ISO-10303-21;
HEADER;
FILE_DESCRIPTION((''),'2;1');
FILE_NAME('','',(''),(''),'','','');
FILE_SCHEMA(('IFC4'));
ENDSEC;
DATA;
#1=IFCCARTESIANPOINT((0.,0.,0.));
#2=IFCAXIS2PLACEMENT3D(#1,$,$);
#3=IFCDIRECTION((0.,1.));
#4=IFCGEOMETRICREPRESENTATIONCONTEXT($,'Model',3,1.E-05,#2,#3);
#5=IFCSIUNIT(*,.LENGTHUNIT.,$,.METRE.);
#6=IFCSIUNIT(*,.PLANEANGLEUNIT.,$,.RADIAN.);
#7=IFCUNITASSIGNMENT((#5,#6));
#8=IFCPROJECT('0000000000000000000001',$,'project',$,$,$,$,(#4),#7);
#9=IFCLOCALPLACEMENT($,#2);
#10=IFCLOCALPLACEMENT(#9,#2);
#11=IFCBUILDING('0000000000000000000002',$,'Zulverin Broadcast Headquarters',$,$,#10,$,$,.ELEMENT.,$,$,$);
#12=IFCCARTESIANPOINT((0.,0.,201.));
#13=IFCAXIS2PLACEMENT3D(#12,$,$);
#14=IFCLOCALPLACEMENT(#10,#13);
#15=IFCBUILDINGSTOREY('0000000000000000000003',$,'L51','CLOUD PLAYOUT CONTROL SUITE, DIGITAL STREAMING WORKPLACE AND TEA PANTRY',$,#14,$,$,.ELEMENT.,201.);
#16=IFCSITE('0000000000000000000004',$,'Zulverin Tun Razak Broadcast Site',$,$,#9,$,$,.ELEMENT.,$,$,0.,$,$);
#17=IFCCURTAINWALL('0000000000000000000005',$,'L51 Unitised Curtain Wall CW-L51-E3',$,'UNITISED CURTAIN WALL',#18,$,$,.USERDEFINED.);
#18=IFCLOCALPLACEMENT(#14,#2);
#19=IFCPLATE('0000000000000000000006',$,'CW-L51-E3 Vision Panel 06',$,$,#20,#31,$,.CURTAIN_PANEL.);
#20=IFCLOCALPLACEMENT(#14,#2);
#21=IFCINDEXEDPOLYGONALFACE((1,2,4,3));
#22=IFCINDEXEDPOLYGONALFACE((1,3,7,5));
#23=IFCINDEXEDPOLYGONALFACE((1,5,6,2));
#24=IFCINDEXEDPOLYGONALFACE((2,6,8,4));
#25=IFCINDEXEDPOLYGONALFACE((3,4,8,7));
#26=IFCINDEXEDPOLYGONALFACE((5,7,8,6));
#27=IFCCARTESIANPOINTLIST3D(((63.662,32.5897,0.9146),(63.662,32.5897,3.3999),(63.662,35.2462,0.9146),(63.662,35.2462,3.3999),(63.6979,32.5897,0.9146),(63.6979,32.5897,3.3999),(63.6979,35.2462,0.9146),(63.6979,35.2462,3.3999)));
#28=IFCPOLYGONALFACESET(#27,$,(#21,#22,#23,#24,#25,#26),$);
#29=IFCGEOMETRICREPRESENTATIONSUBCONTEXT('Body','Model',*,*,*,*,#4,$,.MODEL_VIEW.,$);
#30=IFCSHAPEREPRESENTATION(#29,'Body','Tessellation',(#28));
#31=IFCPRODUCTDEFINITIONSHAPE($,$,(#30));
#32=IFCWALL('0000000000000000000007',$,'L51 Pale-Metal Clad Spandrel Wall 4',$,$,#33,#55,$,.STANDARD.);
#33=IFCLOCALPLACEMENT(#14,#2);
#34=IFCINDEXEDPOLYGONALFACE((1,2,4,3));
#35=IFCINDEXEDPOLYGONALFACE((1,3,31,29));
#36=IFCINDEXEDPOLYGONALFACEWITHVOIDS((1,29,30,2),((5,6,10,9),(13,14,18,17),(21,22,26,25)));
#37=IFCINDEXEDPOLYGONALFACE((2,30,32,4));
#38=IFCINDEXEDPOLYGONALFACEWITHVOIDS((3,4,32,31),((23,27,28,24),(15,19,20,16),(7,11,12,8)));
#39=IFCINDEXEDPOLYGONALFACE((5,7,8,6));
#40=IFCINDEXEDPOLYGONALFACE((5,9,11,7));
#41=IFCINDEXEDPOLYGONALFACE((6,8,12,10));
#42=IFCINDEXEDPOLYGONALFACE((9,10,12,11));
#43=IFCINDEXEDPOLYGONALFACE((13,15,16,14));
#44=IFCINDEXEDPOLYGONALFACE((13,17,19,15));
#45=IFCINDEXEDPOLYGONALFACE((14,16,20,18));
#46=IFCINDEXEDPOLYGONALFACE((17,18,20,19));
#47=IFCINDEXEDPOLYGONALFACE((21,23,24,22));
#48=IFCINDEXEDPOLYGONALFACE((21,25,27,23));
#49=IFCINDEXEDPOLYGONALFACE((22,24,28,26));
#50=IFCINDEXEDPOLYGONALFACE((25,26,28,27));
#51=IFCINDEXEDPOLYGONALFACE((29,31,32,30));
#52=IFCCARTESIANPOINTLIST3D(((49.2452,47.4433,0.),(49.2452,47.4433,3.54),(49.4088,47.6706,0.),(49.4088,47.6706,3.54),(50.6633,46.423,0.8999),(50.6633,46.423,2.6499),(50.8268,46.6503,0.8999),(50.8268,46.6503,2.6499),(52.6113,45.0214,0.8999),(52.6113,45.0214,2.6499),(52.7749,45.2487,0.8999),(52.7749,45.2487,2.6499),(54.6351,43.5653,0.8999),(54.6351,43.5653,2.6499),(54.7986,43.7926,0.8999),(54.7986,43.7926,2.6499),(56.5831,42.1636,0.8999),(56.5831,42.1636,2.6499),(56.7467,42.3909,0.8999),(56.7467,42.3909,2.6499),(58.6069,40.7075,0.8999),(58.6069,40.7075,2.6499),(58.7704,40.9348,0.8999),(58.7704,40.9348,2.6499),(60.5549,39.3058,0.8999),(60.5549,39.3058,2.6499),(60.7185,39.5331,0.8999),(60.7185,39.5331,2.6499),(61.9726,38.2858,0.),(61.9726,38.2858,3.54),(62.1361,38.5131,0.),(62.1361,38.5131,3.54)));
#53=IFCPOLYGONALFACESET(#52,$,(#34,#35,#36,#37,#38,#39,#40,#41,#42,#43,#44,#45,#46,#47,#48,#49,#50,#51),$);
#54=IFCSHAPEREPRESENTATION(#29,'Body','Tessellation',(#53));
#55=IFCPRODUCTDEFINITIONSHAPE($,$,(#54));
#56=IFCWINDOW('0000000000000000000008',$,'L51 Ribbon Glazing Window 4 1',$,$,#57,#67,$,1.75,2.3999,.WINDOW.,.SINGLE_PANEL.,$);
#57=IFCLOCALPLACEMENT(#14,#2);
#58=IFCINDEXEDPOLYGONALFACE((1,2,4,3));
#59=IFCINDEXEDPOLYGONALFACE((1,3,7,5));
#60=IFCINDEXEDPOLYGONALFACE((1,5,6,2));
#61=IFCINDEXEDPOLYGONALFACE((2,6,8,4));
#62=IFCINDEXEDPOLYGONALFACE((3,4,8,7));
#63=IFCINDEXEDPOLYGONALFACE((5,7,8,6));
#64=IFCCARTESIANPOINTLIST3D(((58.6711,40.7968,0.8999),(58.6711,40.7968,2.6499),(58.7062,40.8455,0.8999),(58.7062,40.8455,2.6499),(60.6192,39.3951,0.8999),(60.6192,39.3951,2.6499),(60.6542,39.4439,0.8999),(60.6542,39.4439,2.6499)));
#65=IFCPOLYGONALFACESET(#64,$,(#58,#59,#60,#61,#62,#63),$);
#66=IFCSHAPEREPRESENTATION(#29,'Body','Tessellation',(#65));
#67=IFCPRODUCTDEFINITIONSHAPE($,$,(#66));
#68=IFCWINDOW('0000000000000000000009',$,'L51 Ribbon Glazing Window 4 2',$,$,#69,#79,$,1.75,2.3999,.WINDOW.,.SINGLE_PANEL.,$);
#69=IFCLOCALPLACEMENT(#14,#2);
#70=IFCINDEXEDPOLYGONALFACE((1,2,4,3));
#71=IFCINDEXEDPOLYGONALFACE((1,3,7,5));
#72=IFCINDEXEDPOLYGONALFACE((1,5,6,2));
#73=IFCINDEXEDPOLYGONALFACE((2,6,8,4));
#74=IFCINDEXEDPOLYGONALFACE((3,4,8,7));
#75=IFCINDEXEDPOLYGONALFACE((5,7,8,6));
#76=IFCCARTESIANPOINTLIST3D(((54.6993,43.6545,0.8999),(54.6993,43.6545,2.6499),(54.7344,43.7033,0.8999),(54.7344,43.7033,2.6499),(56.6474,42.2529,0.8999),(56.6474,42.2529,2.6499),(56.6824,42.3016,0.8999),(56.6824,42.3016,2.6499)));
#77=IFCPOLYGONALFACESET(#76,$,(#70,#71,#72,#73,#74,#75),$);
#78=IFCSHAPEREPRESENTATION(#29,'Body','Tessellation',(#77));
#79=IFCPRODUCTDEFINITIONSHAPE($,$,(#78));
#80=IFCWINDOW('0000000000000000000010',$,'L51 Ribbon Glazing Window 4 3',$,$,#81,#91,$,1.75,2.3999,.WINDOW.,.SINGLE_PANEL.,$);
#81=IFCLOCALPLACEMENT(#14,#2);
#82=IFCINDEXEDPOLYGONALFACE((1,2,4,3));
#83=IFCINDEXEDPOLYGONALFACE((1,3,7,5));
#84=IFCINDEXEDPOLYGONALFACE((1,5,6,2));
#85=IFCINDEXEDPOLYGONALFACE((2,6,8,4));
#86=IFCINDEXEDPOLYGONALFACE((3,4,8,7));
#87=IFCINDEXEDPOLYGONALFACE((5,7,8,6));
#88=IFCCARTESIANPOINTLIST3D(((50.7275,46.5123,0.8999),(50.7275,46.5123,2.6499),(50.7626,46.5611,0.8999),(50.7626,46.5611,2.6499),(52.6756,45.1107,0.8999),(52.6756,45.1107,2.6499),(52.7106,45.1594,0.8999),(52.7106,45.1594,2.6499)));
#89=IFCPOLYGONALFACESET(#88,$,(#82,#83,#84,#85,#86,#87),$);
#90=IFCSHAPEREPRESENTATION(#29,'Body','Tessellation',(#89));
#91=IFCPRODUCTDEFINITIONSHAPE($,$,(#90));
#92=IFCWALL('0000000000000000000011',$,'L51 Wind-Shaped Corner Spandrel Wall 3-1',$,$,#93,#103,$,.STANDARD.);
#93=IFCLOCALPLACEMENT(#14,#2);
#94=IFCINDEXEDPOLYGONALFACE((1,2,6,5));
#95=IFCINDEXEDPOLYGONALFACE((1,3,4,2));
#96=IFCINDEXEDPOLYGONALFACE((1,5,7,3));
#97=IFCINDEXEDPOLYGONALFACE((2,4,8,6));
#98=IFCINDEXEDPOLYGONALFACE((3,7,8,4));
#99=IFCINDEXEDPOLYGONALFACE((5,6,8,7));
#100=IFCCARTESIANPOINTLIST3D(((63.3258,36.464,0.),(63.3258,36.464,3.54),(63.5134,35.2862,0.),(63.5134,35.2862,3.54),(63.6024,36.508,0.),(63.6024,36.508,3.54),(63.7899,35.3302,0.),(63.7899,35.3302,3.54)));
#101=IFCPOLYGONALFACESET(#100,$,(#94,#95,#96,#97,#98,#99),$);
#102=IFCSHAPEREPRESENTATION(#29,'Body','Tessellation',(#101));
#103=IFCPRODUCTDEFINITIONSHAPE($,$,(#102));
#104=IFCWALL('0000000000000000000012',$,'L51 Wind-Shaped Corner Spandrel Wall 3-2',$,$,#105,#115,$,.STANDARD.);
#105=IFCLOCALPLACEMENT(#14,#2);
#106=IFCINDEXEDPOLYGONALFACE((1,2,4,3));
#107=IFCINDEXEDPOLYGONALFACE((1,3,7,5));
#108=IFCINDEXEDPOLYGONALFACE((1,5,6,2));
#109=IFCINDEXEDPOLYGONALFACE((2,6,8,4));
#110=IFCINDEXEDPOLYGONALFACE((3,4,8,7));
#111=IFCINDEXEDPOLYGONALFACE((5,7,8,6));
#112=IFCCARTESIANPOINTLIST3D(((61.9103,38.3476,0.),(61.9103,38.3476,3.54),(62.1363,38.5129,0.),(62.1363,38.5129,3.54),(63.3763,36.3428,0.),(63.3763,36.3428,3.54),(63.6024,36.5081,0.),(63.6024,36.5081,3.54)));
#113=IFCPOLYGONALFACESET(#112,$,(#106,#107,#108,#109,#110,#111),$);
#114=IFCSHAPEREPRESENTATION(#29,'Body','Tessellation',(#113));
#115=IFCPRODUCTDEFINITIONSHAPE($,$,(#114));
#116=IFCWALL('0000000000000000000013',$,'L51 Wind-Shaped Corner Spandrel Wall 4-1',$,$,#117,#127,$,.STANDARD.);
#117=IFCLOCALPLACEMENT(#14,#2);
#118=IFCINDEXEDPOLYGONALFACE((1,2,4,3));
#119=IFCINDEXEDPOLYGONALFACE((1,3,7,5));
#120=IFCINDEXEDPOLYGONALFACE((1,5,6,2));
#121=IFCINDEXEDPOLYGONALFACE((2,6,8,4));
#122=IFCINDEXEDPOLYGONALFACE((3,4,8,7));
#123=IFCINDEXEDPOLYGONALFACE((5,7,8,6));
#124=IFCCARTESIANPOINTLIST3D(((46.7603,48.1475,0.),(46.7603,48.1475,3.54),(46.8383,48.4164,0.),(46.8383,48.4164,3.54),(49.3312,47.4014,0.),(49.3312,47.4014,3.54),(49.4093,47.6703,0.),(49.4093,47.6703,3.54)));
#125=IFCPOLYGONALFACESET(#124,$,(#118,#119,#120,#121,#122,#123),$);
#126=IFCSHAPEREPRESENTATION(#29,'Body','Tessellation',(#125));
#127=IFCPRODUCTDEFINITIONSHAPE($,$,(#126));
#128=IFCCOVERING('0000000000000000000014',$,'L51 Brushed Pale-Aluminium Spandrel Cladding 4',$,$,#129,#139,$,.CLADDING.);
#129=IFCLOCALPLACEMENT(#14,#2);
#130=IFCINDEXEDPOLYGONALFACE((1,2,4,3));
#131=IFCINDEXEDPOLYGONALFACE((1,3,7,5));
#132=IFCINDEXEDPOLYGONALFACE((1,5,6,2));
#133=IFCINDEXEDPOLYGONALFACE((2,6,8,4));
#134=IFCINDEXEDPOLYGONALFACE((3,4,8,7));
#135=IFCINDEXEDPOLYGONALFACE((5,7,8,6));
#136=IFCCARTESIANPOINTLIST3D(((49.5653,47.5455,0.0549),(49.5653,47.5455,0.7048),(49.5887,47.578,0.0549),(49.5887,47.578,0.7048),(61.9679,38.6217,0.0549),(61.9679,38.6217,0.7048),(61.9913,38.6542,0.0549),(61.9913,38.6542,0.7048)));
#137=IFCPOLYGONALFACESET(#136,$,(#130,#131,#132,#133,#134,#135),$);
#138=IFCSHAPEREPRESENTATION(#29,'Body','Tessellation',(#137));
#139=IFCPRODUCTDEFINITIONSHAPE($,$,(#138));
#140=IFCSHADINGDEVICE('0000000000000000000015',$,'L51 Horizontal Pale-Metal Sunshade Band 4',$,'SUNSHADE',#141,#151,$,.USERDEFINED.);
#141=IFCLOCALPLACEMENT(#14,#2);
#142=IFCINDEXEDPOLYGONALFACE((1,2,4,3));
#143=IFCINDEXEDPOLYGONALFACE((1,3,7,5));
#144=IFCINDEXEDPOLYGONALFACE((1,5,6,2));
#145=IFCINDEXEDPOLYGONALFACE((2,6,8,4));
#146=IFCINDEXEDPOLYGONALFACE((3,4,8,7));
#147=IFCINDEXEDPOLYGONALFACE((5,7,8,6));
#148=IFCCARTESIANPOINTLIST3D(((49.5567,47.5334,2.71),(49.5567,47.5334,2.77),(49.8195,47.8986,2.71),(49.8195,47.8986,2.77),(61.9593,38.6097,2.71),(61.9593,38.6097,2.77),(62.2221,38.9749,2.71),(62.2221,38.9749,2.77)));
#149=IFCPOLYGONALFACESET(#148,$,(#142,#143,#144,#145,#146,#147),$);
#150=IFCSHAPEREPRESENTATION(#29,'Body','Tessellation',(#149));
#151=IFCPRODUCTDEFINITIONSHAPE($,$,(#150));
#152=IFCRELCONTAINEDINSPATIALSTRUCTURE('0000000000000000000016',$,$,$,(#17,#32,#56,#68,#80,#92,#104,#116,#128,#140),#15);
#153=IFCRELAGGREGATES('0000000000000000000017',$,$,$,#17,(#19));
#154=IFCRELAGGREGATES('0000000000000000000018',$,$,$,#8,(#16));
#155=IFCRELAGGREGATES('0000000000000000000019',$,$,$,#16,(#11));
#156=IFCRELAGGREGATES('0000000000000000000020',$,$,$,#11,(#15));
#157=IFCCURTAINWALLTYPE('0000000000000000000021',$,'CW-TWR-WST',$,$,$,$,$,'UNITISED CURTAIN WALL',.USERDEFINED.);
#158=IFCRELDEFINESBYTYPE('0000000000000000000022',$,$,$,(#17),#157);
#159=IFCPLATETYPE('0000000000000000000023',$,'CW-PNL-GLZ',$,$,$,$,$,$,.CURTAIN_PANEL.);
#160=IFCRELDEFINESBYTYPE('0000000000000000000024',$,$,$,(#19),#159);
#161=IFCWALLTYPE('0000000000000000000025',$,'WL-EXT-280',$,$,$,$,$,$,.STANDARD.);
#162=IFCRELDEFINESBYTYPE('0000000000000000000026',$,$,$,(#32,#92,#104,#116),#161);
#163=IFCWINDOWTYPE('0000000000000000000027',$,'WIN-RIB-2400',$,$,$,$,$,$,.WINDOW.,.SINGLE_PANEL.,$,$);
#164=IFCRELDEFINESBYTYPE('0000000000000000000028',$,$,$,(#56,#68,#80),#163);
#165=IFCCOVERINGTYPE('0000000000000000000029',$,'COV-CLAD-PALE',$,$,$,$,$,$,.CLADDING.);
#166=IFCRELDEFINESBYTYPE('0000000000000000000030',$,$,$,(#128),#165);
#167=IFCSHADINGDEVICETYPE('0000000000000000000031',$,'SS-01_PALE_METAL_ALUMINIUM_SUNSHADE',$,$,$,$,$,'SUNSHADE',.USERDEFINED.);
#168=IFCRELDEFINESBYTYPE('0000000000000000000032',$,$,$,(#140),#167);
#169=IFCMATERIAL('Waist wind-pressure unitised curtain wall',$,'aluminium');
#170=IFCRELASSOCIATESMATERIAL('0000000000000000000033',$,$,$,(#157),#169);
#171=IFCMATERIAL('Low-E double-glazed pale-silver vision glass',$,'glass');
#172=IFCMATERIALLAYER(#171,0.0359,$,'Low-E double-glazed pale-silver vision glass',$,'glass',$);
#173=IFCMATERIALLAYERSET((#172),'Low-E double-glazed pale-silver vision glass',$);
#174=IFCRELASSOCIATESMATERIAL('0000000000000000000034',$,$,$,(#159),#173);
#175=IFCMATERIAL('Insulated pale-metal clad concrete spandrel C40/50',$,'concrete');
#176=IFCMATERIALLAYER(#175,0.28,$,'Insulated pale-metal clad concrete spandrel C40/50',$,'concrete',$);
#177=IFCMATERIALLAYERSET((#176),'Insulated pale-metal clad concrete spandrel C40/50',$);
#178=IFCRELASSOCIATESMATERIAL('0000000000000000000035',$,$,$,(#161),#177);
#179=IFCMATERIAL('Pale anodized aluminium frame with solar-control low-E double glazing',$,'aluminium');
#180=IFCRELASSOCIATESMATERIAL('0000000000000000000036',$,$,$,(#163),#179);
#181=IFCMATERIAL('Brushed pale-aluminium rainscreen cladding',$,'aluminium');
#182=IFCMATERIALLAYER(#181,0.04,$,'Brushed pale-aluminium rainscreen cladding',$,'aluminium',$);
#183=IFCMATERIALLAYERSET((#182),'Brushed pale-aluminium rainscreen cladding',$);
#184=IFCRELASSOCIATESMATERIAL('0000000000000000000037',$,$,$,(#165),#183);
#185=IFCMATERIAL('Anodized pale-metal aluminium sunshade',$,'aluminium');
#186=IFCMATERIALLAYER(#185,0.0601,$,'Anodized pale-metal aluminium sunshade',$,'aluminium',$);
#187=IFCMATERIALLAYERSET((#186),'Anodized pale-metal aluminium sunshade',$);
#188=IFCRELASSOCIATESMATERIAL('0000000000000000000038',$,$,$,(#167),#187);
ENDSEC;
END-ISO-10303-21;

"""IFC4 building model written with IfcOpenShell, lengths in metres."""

from ifc_helpers import new_model, si_unit, direction, frame, frame_2d, origin, origin_2d, place, context, subcontext, project, spatial, rectangle, extrude, material, layer, layer_set, type_object, element, fill, aggregate, save


model = new_model("IFC4")

# Units and contexts
model_context = context("Model", 3, precision=1e-05, world=origin(), true_north=direction((0.0, 1.0)))
body_context = subcontext(model_context, "Body", "Model", "MODEL_VIEW")
ifc_project = project(units=[si_unit("LENGTHUNIT", "METRE"), si_unit("PLANEANGLEUNIT", "RADIAN")], contexts=[model_context])

# Site, building, storey
site_placement = place(None, origin())
site = spatial("IfcSite", under=ifc_project, at=site_placement, Name="Zulverin Tun Razak Broadcast Site", CompositionType="ELEMENT", RefElevation=0.0)
building_placement = place(site_placement, origin())
building = spatial("IfcBuilding", under=site, at=building_placement, Name="Zulverin Broadcast Headquarters", CompositionType="ELEMENT")
storey_placement = place(building_placement, frame((0.0, 0.0, 201.0)))
storey = spatial("IfcBuildingStorey", under=building, at=storey_placement, Name="L51", Description="CLOUD PLAYOUT CONTROL SUITE, DIGITAL STREAMING WORKPLACE AND TEA PANTRY", CompositionType="ELEMENT", Elevation=201.0)

# Curtain wall, plate
ifc_material_1 = material(Name="Waist wind-pressure unitised curtain wall", Category="aluminium")
curtain_wall_type = type_object("IfcCurtainWallType", Name="CW-TWR-WST", ElementType="UNITISED CURTAIN WALL", PredefinedType="USERDEFINED", material=ifc_material_1)
curtain_wall_placement = place(storey_placement, origin())
curtain_wall = element("IfcCurtainWall", 1, at=curtain_wall_placement, inside=storey, type_object=curtain_wall_type, Name="L51 Unitised Curtain Wall CW-L51-E3", ObjectType="UNITISED CURTAIN WALL", PredefinedType="USERDEFINED")
ifc_material_2 = material(Name="Low-E double-glazed pale-silver vision glass", Category="glass")
ifc_layer_1 = layer(ifc_material_2, 0.0359, Name="Low-E double-glazed pale-silver vision glass", Category="glass")
ifc_layer_set_1 = layer_set([ifc_layer_1], Name="Low-E double-glazed pale-silver vision glass")
plate_type = type_object("IfcPlateType", Name="CW-PNL-GLZ", PredefinedType="CURTAIN_PANEL", material=ifc_layer_set_1)
plate_placement = place(storey_placement, frame((63.6799, 33.918, 0.9146), z_axis=(0.0, 0.0, 1.0), x_axis=(0.0, 1.0, 0.0)))
plate = element("IfcPlate", 2, at=plate_placement, type_object=plate_type, Name="CW-L51-E3 Vision Panel 06", PredefinedType="CURTAIN_PANEL", context=body_context, shape_type="SweptSolid", body=[
    extrude(rectangle(XDim=2.6565, YDim=0.0359, at=origin_2d()), origin(), (0.0, 0.0, 1.0), 2.4854),
])
aggregate(curtain_wall, [plate])

# Wall, openings, windows
ifc_material_3 = material(Name="Insulated pale-metal clad concrete spandrel C40/50", Category="concrete")
ifc_layer_2 = layer(ifc_material_3, 0.28, Name="Insulated pale-metal clad concrete spandrel C40/50", Category="concrete")
ifc_layer_set_2 = layer_set([ifc_layer_2], Name="Insulated pale-metal clad concrete spandrel C40/50")
wall_type = type_object("IfcWallType", Name="WL-EXT-280", PredefinedType="STANDARD", material=ifc_layer_set_2)
wall_1_placement = place(storey_placement, frame((62.0544, 38.3994, 0.0), z_axis=(0.0, 0.0, 1.0), x_axis=(-0.811721, 0.584045, 0.0)))
wall_1 = element("IfcWall", 3, at=wall_1_placement, inside=storey, type_object=wall_type, Name="L51 Pale-Metal Clad Spandrel Wall 4", PredefinedType="STANDARD", context=body_context, shape_type="SweptSolid", body=[
    extrude(rectangle(XDim=15.6794, YDim=0.28, at=frame_2d((7.8398, 0.0))), origin(), (0.0, 0.0, 1.0), 3.54),
])
opening_1_placement = place(wall_1_placement, frame((1.7466, 0.0, 0.8999)))
opening_1 = element("IfcOpeningElement", 4, at=opening_1_placement, cuts=wall_1, PredefinedType="OPENING", context=body_context, shape_type="SweptSolid", body=[
    extrude(rectangle(XDim=2.3999, YDim=1.75, at=frame_2d((1.2, 0.875))), frame((0.0, 0.1499, 0.0), z_axis=(0.0, -1.0, 0.0), x_axis=(1.0, 0.0, 0.0)), (0.0, 0.0, 1.0), 0.3),
])
opening_2_placement = place(wall_1_placement, frame((6.6396, 0.0, 0.8999)))
opening_2 = element("IfcOpeningElement", 5, at=opening_2_placement, cuts=wall_1, PredefinedType="OPENING", context=body_context, shape_type="SweptSolid", body=[
    extrude(rectangle(XDim=2.3999, YDim=1.75, at=frame_2d((1.2, 0.875))), frame((0.0, 0.1499, 0.0), z_axis=(0.0, -1.0, 0.0), x_axis=(1.0, 0.0, 0.0)), (0.0, 0.0, 1.0), 0.3),
])
opening_3_placement = place(wall_1_placement, frame((11.5327, 0.0, 0.8999)))
opening_3 = element("IfcOpeningElement", 6, at=opening_3_placement, cuts=wall_1, PredefinedType="OPENING", context=body_context, shape_type="SweptSolid", body=[
    extrude(rectangle(XDim=2.3999, YDim=1.75, at=frame_2d((1.2, 0.875))), frame((0.0, 0.1499, 0.0), z_axis=(0.0, -1.0, 0.0), x_axis=(1.0, 0.0, 0.0)), (0.0, 0.0, 1.0), 0.3),
])
ifc_material_4 = material(Name="Pale anodized aluminium frame with solar-control low-E double glazing", Category="aluminium")
window_type = type_object("IfcWindowType", Name="WIN-RIB-2400", PartitioningType="SINGLE_PANEL", PredefinedType="WINDOW", material=ifc_material_4)
window_1_placement = place(opening_1_placement, origin())
window_1 = element("IfcWindow", 7, at=window_1_placement, inside=storey, type_object=window_type, Name="L51 Ribbon Glazing Window 4 1", OverallHeight=1.75, OverallWidth=2.3999, PartitioningType="SINGLE_PANEL", PredefinedType="WINDOW", context=body_context, shape_type="SweptSolid", body=[
    extrude(rectangle(XDim=2.3999, YDim=1.75, at=frame_2d((1.2, 0.875))), frame((0.0, 0.03, 0.0), z_axis=(0.0, -1.0, 0.0), x_axis=(1.0, 0.0, 0.0)), (0.0, 0.0, 1.0), 0.0601),
])
fill(opening_1, window_1)
window_2_placement = place(opening_2_placement, origin())
window_2 = element("IfcWindow", 8, at=window_2_placement, inside=storey, type_object=window_type, Name="L51 Ribbon Glazing Window 4 2", OverallHeight=1.75, OverallWidth=2.3999, PartitioningType="SINGLE_PANEL", PredefinedType="WINDOW", context=body_context, shape_type="SweptSolid", body=[
    extrude(rectangle(XDim=2.3999, YDim=1.75, at=frame_2d((1.2, 0.875))), frame((0.0, 0.03, 0.0), z_axis=(0.0, -1.0, 0.0), x_axis=(1.0, 0.0, 0.0)), (0.0, 0.0, 1.0), 0.0601),
])
fill(opening_2, window_2)
window_3_placement = place(opening_3_placement, origin())
window_3 = element("IfcWindow", 9, at=window_3_placement, inside=storey, type_object=window_type, Name="L51 Ribbon Glazing Window 4 3", OverallHeight=1.75, OverallWidth=2.3999, PartitioningType="SINGLE_PANEL", PredefinedType="WINDOW", context=body_context, shape_type="SweptSolid", body=[
    extrude(rectangle(XDim=2.3999, YDim=1.75, at=frame_2d((1.2, 0.875))), frame((0.0, 0.03, 0.0), z_axis=(0.0, -1.0, 0.0), x_axis=(1.0, 0.0, 0.0)), (0.0, 0.0, 1.0), 0.0601),
])
fill(opening_3, window_3)

# Walls
wall_2_placement = place(storey_placement, frame((63.6516, 35.3083, 0.0), z_axis=(0.0, 0.0, 1.0), x_axis=(-0.157224, 0.987563, 0.0)))
element("IfcWall", 10, at=wall_2_placement, inside=storey, type_object=wall_type, Name="L51 Wind-Shaped Corner Spandrel Wall 3-1", PredefinedType="STANDARD", context=body_context, shape_type="SweptSolid", body=[
    extrude(rectangle(XDim=1.1926, YDim=0.28, at=frame_2d((0.5962, 0.0))), origin(), (0.0, 0.0, 1.0), 3.54),
])
wall_3_placement = place(storey_placement, frame((63.4893, 36.4255, 0.0), z_axis=(0.0, 0.0, 1.0), x_axis=(-0.590268, 0.807207, 0.0)))
element("IfcWall", 11, at=wall_3_placement, inside=storey, type_object=wall_type, Name="L51 Wind-Shaped Corner Spandrel Wall 3-2", PredefinedType="STANDARD", context=body_context, shape_type="SweptSolid", body=[
    extrude(rectangle(XDim=2.4836, YDim=0.28, at=frame_2d((1.2417, 0.0))), origin(), (0.0, 0.0, 1.0), 3.54),
])
wall_4_placement = place(storey_placement, frame((49.3701, 47.5359, 0.0), z_axis=(0.0, 0.0, 1.0), x_axis=(-0.96038, 0.278694, 0.0)))
element("IfcWall", 12, at=wall_4_placement, inside=storey, type_object=wall_type, Name="L51 Wind-Shaped Corner Spandrel Wall 4-1", PredefinedType="STANDARD", context=body_context, shape_type="SweptSolid", body=[
    extrude(rectangle(XDim=2.677, YDim=0.28, at=frame_2d((1.3384, 0.0))), origin(), (0.0, 0.0, 1.0), 3.54),
])

# Covering
ifc_material_5 = material(Name="Brushed pale-aluminium rainscreen cladding", Category="aluminium")
ifc_layer_3 = layer(ifc_material_5, 0.04, Name="Brushed pale-aluminium rainscreen cladding", Category="aluminium")
ifc_layer_set_3 = layer_set([ifc_layer_3], Name="Brushed pale-aluminium rainscreen cladding")
covering_type = type_object("IfcCoveringType", Name="COV-CLAD-PALE", PredefinedType="CLADDING", material=ifc_layer_set_3)
covering_placement = place(storey_placement, frame((55.7783, 43.0999, 0.0549), z_axis=(0.0, 0.0, 1.0), x_axis=(-0.811724, 0.584041, 0.0)))
element("IfcCovering", 13, at=covering_placement, inside=storey, type_object=covering_type, Name="L51 Brushed Pale-Aluminium Spandrel Cladding 4", PredefinedType="CLADDING", context=body_context, shape_type="SweptSolid", body=[
    extrude(rectangle(XDim=15.2793, YDim=0.04, at=origin_2d()), origin(), (0.0, 0.0, 1.0), 0.6499),
])

# Shading device
ifc_material_6 = material(Name="Anodized pale-metal aluminium sunshade", Category="aluminium")
ifc_layer_4 = layer(ifc_material_6, 0.0601, Name="Anodized pale-metal aluminium sunshade", Category="aluminium")
ifc_layer_set_4 = layer_set([ifc_layer_4], Name="Anodized pale-metal aluminium sunshade")
shading_device_type = type_object("IfcShadingDeviceType", Name="SS-01_PALE_METAL_ALUMINIUM_SUNSHADE", ElementType="SUNSHADE", PredefinedType="USERDEFINED", material=ifc_layer_set_4)
shading_device_placement = place(storey_placement, frame((55.8894, 43.2542, 2.71), z_axis=(0.0, 0.0, 1.0), x_axis=(-0.811724, 0.584041, 0.0)))
element("IfcShadingDevice", 14, at=shading_device_placement, inside=storey, type_object=shading_device_type, Name="L51 Horizontal Pale-Metal Sunshade Band 4", ObjectType="SUNSHADE", PredefinedType="USERDEFINED", context=body_context, shape_type="SweptSolid", body=[
    extrude(rectangle(XDim=15.2793, YDim=0.45, at=origin_2d()), origin(), (0.0, 0.0, 1.0), 0.0601),
])

save(model, "model.ifc")
